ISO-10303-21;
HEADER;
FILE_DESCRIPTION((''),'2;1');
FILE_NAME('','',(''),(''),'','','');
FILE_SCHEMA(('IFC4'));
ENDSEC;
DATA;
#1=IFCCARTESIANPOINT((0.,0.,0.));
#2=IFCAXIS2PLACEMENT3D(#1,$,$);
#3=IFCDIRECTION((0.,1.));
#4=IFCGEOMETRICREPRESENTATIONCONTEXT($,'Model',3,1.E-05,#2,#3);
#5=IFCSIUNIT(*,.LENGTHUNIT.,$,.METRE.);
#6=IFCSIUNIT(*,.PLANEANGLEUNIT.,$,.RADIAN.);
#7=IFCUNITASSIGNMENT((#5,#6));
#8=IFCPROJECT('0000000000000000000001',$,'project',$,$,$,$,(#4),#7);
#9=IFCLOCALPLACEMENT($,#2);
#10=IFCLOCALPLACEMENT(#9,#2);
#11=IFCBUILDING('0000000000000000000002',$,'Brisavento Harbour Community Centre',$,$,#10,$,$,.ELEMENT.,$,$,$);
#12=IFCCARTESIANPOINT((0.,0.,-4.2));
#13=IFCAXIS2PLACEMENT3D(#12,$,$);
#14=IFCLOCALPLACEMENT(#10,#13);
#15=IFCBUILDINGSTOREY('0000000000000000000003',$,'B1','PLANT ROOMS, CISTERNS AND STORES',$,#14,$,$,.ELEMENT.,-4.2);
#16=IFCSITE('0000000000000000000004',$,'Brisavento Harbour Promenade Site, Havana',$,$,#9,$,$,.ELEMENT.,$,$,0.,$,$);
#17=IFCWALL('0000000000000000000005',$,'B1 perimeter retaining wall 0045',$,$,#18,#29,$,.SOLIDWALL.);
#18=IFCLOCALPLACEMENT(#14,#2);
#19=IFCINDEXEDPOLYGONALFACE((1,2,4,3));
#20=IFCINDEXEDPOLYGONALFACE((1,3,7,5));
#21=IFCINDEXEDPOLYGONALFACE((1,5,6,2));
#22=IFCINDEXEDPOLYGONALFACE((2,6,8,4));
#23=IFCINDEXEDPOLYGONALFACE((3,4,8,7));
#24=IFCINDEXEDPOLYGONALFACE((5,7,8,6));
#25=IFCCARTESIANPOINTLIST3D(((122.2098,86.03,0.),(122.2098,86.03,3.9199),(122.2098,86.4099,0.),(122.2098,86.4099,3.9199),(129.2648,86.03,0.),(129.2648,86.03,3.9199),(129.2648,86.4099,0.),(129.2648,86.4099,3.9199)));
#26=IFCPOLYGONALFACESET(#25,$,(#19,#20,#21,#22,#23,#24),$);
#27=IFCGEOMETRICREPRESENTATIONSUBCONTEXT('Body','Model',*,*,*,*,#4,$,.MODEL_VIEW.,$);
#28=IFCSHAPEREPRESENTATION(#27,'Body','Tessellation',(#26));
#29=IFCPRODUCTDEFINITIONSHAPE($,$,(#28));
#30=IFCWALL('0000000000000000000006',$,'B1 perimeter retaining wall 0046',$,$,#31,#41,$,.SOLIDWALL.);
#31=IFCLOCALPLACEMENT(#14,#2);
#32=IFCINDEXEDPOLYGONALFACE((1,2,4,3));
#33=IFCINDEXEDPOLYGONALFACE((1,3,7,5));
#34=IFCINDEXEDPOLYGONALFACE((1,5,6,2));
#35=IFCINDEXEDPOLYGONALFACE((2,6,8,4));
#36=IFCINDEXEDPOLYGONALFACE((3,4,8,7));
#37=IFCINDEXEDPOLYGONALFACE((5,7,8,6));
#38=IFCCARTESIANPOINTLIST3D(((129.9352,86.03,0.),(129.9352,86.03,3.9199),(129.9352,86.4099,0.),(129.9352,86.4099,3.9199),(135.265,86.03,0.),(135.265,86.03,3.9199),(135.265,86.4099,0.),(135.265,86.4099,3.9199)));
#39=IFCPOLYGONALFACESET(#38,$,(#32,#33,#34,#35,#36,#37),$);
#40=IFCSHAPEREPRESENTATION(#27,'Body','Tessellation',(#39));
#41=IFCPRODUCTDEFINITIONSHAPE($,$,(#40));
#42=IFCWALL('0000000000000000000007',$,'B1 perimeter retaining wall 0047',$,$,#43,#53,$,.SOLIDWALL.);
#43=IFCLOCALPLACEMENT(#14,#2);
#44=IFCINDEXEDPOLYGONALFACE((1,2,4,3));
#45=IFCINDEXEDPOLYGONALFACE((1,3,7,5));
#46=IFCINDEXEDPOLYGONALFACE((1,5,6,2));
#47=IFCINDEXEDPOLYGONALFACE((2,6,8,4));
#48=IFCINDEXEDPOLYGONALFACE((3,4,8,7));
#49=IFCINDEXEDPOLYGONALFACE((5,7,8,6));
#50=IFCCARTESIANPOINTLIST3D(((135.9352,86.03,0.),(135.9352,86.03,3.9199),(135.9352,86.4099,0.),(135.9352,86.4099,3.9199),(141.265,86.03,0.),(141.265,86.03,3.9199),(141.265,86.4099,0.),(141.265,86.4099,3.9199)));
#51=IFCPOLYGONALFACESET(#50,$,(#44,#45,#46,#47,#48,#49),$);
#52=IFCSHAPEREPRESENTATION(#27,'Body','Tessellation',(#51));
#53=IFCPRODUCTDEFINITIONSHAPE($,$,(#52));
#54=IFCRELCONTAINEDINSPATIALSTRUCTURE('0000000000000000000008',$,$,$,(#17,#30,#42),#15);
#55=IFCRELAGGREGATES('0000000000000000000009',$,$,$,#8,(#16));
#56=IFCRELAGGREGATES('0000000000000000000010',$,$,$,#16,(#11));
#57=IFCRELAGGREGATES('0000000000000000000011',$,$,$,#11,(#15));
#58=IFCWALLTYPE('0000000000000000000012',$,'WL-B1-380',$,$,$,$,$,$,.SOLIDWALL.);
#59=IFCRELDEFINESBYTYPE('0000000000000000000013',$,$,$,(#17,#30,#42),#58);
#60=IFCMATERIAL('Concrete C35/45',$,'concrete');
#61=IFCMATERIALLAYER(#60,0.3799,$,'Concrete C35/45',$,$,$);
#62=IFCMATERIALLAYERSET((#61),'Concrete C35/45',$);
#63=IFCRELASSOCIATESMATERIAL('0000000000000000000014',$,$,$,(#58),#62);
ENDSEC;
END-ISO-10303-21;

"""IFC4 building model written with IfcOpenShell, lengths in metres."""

from ifc_helpers import new_model, si_unit, direction, frame, frame_2d, origin, place, context, subcontext, project, spatial, rectangle, extrude, material, layer, layer_set, type_object, element, save


model = new_model("IFC4")

# Units and contexts
model_context = context("Model", 3, precision=1e-05, world=origin(), true_north=direction((0.0, 1.0)))
body_context = subcontext(model_context, "Body", "Model", "MODEL_VIEW")
ifc_project = project(units=[si_unit("LENGTHUNIT", "METRE"), si_unit("PLANEANGLEUNIT", "RADIAN")], contexts=[model_context])

# Site, building, storey
site_placement = place(None, origin())
site = spatial("IfcSite", under=ifc_project, at=site_placement, Name="Brisavento Harbour Promenade Site, Havana", CompositionType="ELEMENT", RefElevation=0.0)
building_placement = place(site_placement, origin())
building = spatial("IfcBuilding", under=site, at=building_placement, Name="Brisavento Harbour Community Centre", CompositionType="ELEMENT")
storey_placement = place(building_placement, frame((0.0, 0.0, -4.2)))
storey = spatial("IfcBuildingStorey", under=building, at=storey_placement, Name="B1", Description="PLANT ROOMS, CISTERNS AND STORES", CompositionType="ELEMENT", Elevation=-4.2)

# Shared definitions
ifc_material_1 = material(Name="Concrete C35/45", Category="concrete")

# Walls
ifc_layer = layer(ifc_material_1, 0.3799, Name="Concrete C35/45")
ifc_layer_set = layer_set([ifc_layer], Name="Concrete C35/45")
wall_type = type_object("IfcWallType", Name="WL-B1-380", PredefinedType="SOLIDWALL", material=ifc_layer_set)
wall_placement = place(storey_placement, frame((122.21, 86.22, 0.0), z_axis=(0.0, 0.0, 1.0), x_axis=(1.0, 0.0, 0.0)))
element("IfcWall", 1, at=wall_placement, inside=storey, type_object=wall_type, Name="B1 perimeter retaining wall 0045", PredefinedType="SOLIDWALL", context=body_context, shape_type="SweptSolid", body=[
    extrude(rectangle(XDim=7.0549, YDim=0.3799, at=frame_2d((3.5273, 0.0))), origin(), (0.0, 0.0, 1.0), 3.9199),
])
for number, where, z_axis, x_axis, name in (
    (2, (129.9351, 86.22, 0.0), (0.0, 0.0, 1.0), (1.0, 0.0, 0.0), "B1 perimeter retaining wall 0046"),
    (3, (135.9351, 86.22, 0.0), (0.0, 0.0, 1.0), (1.0, 0.0, 0.0), "B1 perimeter retaining wall 0047"),
):
    element("IfcWall", number, at=place(storey_placement, frame(where, z_axis=z_axis, x_axis=x_axis)), inside=storey, type_object=wall_type, Name=name, PredefinedType="SOLIDWALL", context=body_context, shape_type="SweptSolid", body=[
        extrude(rectangle(XDim=5.3298, YDim=0.3799, at=frame_2d((2.665, 0.0))), origin(), (0.0, 0.0, 1.0), 3.9199),
    ])

save(model, "model.ifc")
